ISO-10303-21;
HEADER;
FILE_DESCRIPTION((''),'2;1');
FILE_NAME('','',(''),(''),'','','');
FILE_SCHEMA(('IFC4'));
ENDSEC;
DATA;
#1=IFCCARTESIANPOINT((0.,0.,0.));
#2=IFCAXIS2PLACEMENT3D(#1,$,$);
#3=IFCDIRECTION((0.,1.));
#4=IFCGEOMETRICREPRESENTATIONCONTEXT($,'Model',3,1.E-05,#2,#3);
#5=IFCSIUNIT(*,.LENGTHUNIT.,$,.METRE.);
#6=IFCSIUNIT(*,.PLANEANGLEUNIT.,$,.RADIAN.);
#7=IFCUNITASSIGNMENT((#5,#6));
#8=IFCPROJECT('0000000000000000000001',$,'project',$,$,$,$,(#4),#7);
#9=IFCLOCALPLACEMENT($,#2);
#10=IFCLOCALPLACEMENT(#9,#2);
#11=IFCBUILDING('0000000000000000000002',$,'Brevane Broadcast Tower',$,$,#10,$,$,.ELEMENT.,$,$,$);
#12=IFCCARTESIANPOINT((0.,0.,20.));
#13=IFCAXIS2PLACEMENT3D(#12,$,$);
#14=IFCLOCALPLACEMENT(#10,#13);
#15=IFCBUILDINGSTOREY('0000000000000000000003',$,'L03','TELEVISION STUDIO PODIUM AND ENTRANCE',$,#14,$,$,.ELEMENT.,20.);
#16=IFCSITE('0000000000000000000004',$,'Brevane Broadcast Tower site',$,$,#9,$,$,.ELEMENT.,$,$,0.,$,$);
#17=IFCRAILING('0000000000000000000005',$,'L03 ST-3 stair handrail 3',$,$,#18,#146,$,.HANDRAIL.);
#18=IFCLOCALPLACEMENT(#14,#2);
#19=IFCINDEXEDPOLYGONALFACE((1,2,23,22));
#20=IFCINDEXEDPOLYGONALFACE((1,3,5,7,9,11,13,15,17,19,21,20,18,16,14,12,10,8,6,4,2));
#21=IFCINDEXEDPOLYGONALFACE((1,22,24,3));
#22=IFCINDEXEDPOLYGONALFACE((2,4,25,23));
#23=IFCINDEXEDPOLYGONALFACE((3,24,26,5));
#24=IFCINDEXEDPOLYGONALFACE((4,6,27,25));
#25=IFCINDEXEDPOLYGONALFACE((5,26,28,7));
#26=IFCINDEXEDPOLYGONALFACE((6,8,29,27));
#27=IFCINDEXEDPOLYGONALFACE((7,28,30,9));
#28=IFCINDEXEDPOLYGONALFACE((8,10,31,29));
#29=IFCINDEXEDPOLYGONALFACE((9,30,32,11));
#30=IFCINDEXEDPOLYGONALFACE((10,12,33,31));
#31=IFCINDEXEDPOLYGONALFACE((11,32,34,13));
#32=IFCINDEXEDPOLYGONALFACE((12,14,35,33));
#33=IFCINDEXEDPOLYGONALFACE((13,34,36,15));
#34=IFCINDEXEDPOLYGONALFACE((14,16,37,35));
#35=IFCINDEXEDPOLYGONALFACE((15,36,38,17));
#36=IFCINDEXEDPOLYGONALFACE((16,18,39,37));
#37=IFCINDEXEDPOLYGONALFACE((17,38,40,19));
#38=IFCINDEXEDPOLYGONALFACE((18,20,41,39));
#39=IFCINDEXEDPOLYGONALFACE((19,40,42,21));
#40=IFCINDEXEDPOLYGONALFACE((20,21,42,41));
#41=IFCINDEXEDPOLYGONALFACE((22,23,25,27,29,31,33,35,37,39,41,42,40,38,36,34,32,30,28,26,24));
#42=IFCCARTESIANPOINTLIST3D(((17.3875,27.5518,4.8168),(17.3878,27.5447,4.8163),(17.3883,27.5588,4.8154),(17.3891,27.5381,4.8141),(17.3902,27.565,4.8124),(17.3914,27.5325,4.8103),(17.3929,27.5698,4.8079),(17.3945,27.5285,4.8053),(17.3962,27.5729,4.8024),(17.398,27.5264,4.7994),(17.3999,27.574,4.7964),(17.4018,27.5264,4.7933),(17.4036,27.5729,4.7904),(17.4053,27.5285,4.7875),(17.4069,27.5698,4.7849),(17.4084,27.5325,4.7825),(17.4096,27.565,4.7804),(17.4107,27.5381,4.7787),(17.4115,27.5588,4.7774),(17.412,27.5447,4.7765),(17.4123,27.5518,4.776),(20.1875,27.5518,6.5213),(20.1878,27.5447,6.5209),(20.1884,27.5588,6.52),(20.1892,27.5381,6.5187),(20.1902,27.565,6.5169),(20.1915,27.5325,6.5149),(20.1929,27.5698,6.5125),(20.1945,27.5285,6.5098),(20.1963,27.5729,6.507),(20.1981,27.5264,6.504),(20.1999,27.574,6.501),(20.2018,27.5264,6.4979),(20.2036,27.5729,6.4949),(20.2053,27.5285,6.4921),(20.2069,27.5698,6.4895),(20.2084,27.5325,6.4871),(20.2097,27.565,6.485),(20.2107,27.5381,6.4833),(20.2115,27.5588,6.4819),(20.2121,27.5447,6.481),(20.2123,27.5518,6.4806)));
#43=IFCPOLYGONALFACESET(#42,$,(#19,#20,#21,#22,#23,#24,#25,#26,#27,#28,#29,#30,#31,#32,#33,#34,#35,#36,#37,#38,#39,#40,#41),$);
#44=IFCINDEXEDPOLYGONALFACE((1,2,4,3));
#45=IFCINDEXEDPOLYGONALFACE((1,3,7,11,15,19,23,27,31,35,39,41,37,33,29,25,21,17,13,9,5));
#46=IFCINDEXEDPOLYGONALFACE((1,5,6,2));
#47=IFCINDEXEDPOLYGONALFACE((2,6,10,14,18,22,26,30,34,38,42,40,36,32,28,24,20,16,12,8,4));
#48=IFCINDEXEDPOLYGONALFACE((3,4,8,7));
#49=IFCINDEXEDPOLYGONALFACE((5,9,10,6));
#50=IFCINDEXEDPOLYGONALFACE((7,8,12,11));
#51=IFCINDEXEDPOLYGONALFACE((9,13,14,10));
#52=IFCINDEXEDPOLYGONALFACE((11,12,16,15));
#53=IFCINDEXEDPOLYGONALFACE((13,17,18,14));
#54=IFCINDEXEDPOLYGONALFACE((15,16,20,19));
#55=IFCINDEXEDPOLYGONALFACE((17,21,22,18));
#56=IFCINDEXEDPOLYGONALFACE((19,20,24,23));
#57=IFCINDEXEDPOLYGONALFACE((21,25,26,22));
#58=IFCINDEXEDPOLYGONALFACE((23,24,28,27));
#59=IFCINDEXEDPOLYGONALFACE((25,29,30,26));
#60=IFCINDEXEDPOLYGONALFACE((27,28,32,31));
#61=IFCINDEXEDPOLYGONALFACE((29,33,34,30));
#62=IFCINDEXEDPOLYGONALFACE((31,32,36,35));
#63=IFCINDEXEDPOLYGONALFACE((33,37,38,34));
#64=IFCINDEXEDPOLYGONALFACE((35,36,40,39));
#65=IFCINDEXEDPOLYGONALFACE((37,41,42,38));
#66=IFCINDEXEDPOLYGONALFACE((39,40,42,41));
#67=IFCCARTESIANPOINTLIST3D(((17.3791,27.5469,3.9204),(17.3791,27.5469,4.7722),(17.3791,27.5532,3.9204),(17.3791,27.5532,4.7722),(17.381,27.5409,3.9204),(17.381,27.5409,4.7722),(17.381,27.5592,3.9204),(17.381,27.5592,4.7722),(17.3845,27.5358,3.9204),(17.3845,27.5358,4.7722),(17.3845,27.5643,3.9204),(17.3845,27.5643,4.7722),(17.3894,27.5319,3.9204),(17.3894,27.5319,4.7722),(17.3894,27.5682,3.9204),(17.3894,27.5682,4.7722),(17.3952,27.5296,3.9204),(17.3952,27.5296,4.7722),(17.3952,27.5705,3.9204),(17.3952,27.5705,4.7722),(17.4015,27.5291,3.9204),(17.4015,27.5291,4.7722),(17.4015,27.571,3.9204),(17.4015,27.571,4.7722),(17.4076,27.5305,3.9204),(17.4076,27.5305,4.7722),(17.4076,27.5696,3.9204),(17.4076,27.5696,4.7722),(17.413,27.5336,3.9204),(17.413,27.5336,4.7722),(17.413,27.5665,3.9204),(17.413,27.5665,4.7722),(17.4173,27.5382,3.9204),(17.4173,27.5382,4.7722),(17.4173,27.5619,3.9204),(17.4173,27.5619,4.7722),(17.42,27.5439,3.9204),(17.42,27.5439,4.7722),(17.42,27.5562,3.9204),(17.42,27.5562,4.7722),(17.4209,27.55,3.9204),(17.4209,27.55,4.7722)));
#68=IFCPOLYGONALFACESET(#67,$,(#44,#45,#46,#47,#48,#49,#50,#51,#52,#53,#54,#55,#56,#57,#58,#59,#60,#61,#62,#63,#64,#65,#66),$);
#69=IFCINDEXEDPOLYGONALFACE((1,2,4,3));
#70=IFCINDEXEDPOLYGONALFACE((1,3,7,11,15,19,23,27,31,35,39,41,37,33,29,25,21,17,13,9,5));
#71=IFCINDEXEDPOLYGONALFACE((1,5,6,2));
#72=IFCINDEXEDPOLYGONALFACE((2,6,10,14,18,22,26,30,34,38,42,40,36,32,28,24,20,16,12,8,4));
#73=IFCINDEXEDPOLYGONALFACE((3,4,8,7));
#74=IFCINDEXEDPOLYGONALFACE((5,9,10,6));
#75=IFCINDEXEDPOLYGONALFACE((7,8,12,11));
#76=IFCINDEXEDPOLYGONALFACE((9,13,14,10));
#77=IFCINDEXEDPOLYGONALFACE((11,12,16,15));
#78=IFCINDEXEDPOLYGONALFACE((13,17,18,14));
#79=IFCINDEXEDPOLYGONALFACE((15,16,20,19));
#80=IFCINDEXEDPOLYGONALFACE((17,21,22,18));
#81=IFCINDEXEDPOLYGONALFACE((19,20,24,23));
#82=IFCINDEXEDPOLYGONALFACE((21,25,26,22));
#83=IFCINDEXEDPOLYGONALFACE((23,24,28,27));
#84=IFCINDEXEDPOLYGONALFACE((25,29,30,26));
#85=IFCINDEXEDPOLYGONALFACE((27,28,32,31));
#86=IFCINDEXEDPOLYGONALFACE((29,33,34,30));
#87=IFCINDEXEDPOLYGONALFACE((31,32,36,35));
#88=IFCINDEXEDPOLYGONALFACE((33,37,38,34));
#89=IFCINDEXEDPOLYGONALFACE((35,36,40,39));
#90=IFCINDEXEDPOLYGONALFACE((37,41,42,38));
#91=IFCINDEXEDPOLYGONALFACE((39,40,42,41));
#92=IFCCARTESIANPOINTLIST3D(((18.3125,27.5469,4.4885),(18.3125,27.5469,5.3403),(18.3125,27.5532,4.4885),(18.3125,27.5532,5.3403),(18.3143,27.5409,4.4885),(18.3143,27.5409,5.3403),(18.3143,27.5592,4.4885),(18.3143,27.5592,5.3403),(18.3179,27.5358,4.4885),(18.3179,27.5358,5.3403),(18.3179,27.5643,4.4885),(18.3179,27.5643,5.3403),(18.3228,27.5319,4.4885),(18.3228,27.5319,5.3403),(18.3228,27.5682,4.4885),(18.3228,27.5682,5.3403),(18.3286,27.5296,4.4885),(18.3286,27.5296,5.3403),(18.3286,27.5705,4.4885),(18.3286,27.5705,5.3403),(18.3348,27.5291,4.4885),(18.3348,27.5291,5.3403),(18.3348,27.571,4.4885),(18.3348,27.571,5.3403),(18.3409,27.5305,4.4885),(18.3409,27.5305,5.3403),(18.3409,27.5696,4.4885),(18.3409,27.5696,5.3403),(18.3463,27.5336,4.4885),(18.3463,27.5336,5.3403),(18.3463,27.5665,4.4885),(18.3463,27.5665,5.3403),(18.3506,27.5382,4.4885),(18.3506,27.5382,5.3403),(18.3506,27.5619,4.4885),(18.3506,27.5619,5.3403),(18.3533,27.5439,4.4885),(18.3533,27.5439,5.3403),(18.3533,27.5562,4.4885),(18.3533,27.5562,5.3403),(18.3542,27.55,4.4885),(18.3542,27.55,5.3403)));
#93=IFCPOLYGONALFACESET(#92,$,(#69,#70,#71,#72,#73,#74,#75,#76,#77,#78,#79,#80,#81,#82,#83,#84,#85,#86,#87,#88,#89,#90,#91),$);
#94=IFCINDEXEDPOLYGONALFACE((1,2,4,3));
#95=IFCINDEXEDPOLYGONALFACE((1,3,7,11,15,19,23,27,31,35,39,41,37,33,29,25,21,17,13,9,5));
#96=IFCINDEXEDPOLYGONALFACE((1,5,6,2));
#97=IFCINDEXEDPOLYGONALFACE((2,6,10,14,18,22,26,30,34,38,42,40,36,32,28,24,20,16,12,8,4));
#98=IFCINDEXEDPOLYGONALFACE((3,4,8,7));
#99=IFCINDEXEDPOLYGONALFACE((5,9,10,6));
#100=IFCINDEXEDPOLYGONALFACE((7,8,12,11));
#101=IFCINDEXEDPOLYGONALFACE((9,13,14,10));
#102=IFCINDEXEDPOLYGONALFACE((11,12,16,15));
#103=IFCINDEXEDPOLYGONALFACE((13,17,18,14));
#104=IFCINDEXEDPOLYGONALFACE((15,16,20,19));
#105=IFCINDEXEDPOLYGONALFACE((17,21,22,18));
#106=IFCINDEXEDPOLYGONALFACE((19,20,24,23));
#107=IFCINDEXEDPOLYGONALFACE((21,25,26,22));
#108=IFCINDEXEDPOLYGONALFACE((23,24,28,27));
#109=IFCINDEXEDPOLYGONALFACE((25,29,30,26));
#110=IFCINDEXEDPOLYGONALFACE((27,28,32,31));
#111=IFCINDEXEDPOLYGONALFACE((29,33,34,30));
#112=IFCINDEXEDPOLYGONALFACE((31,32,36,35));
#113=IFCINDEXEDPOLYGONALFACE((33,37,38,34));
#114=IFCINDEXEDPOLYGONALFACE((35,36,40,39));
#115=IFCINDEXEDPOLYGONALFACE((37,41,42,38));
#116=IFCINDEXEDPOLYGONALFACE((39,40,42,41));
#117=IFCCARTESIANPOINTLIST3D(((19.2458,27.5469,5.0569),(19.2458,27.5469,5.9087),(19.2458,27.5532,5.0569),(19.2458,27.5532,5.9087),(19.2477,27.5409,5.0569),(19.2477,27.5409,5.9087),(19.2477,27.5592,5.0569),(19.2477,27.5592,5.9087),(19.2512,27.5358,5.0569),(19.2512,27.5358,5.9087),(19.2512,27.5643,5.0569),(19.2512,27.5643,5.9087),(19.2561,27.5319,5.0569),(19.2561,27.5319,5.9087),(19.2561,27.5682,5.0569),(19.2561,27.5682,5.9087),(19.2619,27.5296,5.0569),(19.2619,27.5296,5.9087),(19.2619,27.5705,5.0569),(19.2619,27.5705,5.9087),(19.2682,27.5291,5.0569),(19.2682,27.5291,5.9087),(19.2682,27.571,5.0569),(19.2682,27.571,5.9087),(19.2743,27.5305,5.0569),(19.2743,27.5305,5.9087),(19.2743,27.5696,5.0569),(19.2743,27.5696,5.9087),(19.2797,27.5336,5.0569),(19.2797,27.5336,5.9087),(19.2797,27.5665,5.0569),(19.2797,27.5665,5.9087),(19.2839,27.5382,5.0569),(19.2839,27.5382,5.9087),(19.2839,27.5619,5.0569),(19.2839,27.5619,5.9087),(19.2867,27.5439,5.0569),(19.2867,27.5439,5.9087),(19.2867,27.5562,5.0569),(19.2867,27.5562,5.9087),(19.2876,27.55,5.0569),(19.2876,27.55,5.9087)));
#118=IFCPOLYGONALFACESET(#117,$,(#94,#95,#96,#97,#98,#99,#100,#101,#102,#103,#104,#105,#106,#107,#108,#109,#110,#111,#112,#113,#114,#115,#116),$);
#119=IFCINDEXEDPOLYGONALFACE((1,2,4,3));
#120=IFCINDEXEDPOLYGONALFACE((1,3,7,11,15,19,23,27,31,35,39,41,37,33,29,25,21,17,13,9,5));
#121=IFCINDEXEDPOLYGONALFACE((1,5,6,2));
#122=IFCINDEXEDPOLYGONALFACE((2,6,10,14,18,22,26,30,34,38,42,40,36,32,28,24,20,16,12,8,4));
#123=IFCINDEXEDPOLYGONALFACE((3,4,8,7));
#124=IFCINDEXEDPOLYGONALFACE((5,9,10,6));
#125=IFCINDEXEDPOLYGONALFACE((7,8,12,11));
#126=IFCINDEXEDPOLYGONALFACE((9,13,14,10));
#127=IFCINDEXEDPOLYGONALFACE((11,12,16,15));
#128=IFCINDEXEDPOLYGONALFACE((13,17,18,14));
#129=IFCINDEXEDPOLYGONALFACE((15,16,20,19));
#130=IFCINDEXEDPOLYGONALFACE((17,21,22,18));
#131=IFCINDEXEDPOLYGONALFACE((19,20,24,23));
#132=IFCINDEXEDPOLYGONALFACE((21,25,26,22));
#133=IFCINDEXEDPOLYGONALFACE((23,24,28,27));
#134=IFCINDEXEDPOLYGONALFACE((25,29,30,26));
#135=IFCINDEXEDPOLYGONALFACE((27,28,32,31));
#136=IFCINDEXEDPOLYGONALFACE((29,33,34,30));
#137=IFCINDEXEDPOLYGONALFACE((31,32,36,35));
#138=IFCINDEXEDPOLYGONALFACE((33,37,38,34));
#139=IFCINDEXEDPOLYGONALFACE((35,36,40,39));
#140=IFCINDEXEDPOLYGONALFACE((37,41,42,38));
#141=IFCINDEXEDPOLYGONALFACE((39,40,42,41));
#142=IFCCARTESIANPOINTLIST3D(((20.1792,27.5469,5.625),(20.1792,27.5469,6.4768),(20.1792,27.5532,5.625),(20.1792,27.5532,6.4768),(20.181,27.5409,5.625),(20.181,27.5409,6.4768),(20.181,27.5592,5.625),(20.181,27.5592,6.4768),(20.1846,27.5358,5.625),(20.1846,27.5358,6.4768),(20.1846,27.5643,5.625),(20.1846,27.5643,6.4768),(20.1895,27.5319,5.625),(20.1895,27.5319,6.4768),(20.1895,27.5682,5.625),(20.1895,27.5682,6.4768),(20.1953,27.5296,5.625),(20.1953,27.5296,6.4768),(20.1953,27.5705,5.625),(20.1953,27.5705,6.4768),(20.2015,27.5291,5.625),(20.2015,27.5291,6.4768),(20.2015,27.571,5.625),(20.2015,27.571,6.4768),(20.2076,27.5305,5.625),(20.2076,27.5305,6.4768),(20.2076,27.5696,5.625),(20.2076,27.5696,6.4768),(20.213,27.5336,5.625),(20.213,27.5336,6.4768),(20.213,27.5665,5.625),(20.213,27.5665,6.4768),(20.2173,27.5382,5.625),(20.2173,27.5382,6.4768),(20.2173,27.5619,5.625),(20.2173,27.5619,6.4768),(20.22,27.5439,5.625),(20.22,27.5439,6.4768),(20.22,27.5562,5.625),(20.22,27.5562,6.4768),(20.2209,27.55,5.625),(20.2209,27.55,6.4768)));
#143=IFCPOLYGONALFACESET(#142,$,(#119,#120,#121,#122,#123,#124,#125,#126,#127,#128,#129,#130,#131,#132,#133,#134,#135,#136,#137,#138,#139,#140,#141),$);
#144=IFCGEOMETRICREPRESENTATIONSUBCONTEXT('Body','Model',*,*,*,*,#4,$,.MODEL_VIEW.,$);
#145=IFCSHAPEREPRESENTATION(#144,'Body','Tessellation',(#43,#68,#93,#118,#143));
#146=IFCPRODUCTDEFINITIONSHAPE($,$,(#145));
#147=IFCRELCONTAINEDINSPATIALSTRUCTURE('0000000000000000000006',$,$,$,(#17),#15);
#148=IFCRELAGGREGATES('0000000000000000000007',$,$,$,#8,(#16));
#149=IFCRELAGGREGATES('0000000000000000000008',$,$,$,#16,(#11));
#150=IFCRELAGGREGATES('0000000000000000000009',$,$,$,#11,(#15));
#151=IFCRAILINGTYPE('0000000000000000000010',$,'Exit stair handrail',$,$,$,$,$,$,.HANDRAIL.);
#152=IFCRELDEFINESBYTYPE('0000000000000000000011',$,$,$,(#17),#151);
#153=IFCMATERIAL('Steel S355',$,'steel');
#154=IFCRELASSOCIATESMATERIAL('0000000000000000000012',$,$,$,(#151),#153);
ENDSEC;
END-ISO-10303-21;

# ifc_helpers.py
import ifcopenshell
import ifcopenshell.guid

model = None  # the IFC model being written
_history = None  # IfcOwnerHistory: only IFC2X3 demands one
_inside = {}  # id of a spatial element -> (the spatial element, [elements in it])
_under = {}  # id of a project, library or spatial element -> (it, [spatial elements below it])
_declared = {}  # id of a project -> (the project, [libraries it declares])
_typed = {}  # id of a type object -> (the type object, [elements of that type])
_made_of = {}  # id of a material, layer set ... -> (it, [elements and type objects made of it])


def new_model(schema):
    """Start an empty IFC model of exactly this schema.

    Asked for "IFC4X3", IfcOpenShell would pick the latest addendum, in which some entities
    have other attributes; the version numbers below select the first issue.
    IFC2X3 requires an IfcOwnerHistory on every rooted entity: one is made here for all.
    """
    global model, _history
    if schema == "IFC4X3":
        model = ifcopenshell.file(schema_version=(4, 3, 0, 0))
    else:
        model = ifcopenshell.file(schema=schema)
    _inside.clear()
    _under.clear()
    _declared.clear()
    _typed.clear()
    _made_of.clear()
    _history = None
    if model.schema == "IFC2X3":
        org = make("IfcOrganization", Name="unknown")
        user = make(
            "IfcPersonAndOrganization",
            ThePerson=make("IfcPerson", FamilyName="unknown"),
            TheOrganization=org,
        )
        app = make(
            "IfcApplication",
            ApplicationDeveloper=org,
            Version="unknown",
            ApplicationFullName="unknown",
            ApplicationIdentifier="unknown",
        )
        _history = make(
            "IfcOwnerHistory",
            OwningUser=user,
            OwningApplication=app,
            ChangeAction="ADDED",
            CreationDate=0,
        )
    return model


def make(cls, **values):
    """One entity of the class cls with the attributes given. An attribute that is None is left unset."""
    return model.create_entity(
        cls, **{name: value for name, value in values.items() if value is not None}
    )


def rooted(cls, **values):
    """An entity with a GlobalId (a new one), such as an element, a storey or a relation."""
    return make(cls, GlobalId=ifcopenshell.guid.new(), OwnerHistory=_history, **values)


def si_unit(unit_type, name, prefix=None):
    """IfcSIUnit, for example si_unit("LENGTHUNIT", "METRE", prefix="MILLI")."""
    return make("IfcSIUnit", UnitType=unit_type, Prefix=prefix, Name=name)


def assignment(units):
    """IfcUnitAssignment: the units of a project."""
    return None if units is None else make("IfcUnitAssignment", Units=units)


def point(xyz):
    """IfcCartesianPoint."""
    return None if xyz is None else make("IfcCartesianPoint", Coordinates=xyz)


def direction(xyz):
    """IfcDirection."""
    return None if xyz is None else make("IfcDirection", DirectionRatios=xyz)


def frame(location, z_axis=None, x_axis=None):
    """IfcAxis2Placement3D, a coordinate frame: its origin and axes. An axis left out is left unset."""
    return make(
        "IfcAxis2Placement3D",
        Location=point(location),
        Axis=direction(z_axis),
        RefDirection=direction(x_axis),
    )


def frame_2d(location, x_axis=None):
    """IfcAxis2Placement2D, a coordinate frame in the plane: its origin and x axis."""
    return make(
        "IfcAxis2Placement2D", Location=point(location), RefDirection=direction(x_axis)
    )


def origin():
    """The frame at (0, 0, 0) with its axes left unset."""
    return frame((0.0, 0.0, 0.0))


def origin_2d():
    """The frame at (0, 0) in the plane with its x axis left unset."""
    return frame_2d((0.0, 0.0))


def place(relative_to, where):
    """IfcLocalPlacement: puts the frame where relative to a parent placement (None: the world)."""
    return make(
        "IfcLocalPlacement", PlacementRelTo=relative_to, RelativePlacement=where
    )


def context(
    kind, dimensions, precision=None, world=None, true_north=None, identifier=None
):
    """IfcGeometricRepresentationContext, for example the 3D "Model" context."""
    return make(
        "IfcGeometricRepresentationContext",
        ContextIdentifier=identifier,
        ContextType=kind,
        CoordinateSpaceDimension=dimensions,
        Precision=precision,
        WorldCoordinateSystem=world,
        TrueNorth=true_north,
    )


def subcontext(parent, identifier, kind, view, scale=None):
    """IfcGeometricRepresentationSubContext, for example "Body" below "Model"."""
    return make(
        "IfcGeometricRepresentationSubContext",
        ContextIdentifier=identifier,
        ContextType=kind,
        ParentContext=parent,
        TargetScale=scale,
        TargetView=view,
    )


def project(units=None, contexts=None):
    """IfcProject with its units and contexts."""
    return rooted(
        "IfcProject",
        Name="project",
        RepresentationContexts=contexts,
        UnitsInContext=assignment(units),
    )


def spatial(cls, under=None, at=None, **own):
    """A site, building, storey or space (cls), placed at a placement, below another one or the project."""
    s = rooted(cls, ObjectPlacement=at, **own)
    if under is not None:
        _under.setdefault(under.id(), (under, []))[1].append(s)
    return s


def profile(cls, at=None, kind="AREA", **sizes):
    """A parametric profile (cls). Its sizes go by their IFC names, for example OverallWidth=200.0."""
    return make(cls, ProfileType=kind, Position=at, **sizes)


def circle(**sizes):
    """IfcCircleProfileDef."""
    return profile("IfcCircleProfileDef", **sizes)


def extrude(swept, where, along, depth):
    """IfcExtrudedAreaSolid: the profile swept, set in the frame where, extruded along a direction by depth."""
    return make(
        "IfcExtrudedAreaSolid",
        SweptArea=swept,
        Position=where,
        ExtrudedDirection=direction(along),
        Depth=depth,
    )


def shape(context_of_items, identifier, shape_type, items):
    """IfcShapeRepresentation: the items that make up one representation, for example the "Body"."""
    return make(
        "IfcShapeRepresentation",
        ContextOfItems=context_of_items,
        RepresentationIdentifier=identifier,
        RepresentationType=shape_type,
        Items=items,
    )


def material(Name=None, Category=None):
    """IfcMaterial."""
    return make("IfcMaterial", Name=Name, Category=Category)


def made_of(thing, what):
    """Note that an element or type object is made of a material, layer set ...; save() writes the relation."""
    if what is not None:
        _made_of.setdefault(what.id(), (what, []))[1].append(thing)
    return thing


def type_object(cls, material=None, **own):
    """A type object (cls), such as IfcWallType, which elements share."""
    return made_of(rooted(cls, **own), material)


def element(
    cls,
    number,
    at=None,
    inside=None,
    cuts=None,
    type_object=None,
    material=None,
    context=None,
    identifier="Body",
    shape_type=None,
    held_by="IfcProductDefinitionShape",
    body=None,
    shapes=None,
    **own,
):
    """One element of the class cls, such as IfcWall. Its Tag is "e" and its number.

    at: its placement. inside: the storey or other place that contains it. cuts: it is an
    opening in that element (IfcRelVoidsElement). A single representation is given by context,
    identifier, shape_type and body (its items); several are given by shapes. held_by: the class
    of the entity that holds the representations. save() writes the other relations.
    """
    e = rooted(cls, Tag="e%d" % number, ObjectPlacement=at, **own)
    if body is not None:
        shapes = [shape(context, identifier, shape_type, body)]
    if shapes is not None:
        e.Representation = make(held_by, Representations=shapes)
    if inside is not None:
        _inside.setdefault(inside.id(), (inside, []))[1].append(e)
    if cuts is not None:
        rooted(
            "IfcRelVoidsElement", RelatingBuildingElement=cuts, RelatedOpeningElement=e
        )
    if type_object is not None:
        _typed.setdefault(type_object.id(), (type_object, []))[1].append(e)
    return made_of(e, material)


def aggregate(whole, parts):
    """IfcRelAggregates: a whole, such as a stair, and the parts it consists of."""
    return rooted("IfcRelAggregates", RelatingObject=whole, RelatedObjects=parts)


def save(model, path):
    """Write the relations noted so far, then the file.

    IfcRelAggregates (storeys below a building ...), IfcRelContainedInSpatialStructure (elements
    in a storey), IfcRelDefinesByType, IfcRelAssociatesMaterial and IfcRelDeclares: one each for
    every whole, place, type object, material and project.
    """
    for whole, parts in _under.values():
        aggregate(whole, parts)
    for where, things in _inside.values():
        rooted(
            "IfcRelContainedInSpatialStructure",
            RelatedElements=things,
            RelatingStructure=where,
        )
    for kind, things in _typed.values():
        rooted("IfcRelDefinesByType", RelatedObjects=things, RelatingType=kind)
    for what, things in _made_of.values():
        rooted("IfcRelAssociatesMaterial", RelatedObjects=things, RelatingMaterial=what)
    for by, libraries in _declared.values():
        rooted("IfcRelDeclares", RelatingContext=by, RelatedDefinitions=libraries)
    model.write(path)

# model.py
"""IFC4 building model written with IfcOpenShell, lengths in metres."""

from ifc_helpers import new_model, si_unit, direction, frame, origin, origin_2d, place, context, subcontext, project, spatial, circle, extrude, material, type_object, element, save


model = new_model("IFC4")

# Units and contexts
model_context = context("Model", 3, precision=1e-05, world=origin(), true_north=direction((0.0, 1.0)))
body_context = subcontext(model_context, "Body", "Model", "MODEL_VIEW")
ifc_project = project(units=[si_unit("LENGTHUNIT", "METRE"), si_unit("PLANEANGLEUNIT", "RADIAN")], contexts=[model_context])

# Site, building, storey
site_placement = place(None, origin())
site = spatial("IfcSite", under=ifc_project, at=site_placement, Name="Brevane Broadcast Tower site", CompositionType="ELEMENT", RefElevation=0.0)
building_placement = place(site_placement, origin())
building = spatial("IfcBuilding", under=site, at=building_placement, Name="Brevane Broadcast Tower", CompositionType="ELEMENT")
storey_placement = place(building_placement, frame((0.0, 0.0, 20.0)))
storey = spatial("IfcBuildingStorey", under=building, at=storey_placement, Name="L03", Description="TELEVISION STUDIO PODIUM AND ENTRANCE", CompositionType="ELEMENT", Elevation=20.0)

# Railing
ifc_material_1 = material(Name="Steel S355", Category="steel")
railing_type_1 = type_object("IfcRailingType", Name="Exit stair handrail", PredefinedType="HANDRAIL", material=ifc_material_1)
for number, where, name in (
    (1, (17.3999, 27.55, 3.9204), "L03 ST-3 stair handrail 3"),
):
    element("IfcRailing", number, at=place(storey_placement, frame(where)), inside=storey, type_object=railing_type_1, Name=name, PredefinedType="HANDRAIL", context=body_context, shape_type="SweptSolid", body=[
        extrude(circle(Radius=0.0239, at=origin_2d()), frame((0.0, 0.0, 0.876), z_axis=(0.85417, 0.0, 0.519994), x_axis=(0.0, 1.0, 0.0)), (0.0, 0.0, 1.0), 3.2781),
        extrude(circle(Radius=0.021, at=origin_2d()), origin(), (0.0, 0.0, 1.0), 0.8518),
        extrude(circle(Radius=0.021, at=origin_2d()), frame((0.9333, 0.0, 0.5681)), (0.0, 0.0, 1.0), 0.8518),
        extrude(circle(Radius=0.021, at=origin_2d()), frame((1.8667, 0.0, 1.1365)), (0.0, 0.0, 1.0), 0.8518),
        extrude(circle(Radius=0.021, at=origin_2d()), frame((2.8, 0.0, 1.7046)), (0.0, 0.0, 1.0), 0.8518),
    ])

save(model, "model.ifc")
